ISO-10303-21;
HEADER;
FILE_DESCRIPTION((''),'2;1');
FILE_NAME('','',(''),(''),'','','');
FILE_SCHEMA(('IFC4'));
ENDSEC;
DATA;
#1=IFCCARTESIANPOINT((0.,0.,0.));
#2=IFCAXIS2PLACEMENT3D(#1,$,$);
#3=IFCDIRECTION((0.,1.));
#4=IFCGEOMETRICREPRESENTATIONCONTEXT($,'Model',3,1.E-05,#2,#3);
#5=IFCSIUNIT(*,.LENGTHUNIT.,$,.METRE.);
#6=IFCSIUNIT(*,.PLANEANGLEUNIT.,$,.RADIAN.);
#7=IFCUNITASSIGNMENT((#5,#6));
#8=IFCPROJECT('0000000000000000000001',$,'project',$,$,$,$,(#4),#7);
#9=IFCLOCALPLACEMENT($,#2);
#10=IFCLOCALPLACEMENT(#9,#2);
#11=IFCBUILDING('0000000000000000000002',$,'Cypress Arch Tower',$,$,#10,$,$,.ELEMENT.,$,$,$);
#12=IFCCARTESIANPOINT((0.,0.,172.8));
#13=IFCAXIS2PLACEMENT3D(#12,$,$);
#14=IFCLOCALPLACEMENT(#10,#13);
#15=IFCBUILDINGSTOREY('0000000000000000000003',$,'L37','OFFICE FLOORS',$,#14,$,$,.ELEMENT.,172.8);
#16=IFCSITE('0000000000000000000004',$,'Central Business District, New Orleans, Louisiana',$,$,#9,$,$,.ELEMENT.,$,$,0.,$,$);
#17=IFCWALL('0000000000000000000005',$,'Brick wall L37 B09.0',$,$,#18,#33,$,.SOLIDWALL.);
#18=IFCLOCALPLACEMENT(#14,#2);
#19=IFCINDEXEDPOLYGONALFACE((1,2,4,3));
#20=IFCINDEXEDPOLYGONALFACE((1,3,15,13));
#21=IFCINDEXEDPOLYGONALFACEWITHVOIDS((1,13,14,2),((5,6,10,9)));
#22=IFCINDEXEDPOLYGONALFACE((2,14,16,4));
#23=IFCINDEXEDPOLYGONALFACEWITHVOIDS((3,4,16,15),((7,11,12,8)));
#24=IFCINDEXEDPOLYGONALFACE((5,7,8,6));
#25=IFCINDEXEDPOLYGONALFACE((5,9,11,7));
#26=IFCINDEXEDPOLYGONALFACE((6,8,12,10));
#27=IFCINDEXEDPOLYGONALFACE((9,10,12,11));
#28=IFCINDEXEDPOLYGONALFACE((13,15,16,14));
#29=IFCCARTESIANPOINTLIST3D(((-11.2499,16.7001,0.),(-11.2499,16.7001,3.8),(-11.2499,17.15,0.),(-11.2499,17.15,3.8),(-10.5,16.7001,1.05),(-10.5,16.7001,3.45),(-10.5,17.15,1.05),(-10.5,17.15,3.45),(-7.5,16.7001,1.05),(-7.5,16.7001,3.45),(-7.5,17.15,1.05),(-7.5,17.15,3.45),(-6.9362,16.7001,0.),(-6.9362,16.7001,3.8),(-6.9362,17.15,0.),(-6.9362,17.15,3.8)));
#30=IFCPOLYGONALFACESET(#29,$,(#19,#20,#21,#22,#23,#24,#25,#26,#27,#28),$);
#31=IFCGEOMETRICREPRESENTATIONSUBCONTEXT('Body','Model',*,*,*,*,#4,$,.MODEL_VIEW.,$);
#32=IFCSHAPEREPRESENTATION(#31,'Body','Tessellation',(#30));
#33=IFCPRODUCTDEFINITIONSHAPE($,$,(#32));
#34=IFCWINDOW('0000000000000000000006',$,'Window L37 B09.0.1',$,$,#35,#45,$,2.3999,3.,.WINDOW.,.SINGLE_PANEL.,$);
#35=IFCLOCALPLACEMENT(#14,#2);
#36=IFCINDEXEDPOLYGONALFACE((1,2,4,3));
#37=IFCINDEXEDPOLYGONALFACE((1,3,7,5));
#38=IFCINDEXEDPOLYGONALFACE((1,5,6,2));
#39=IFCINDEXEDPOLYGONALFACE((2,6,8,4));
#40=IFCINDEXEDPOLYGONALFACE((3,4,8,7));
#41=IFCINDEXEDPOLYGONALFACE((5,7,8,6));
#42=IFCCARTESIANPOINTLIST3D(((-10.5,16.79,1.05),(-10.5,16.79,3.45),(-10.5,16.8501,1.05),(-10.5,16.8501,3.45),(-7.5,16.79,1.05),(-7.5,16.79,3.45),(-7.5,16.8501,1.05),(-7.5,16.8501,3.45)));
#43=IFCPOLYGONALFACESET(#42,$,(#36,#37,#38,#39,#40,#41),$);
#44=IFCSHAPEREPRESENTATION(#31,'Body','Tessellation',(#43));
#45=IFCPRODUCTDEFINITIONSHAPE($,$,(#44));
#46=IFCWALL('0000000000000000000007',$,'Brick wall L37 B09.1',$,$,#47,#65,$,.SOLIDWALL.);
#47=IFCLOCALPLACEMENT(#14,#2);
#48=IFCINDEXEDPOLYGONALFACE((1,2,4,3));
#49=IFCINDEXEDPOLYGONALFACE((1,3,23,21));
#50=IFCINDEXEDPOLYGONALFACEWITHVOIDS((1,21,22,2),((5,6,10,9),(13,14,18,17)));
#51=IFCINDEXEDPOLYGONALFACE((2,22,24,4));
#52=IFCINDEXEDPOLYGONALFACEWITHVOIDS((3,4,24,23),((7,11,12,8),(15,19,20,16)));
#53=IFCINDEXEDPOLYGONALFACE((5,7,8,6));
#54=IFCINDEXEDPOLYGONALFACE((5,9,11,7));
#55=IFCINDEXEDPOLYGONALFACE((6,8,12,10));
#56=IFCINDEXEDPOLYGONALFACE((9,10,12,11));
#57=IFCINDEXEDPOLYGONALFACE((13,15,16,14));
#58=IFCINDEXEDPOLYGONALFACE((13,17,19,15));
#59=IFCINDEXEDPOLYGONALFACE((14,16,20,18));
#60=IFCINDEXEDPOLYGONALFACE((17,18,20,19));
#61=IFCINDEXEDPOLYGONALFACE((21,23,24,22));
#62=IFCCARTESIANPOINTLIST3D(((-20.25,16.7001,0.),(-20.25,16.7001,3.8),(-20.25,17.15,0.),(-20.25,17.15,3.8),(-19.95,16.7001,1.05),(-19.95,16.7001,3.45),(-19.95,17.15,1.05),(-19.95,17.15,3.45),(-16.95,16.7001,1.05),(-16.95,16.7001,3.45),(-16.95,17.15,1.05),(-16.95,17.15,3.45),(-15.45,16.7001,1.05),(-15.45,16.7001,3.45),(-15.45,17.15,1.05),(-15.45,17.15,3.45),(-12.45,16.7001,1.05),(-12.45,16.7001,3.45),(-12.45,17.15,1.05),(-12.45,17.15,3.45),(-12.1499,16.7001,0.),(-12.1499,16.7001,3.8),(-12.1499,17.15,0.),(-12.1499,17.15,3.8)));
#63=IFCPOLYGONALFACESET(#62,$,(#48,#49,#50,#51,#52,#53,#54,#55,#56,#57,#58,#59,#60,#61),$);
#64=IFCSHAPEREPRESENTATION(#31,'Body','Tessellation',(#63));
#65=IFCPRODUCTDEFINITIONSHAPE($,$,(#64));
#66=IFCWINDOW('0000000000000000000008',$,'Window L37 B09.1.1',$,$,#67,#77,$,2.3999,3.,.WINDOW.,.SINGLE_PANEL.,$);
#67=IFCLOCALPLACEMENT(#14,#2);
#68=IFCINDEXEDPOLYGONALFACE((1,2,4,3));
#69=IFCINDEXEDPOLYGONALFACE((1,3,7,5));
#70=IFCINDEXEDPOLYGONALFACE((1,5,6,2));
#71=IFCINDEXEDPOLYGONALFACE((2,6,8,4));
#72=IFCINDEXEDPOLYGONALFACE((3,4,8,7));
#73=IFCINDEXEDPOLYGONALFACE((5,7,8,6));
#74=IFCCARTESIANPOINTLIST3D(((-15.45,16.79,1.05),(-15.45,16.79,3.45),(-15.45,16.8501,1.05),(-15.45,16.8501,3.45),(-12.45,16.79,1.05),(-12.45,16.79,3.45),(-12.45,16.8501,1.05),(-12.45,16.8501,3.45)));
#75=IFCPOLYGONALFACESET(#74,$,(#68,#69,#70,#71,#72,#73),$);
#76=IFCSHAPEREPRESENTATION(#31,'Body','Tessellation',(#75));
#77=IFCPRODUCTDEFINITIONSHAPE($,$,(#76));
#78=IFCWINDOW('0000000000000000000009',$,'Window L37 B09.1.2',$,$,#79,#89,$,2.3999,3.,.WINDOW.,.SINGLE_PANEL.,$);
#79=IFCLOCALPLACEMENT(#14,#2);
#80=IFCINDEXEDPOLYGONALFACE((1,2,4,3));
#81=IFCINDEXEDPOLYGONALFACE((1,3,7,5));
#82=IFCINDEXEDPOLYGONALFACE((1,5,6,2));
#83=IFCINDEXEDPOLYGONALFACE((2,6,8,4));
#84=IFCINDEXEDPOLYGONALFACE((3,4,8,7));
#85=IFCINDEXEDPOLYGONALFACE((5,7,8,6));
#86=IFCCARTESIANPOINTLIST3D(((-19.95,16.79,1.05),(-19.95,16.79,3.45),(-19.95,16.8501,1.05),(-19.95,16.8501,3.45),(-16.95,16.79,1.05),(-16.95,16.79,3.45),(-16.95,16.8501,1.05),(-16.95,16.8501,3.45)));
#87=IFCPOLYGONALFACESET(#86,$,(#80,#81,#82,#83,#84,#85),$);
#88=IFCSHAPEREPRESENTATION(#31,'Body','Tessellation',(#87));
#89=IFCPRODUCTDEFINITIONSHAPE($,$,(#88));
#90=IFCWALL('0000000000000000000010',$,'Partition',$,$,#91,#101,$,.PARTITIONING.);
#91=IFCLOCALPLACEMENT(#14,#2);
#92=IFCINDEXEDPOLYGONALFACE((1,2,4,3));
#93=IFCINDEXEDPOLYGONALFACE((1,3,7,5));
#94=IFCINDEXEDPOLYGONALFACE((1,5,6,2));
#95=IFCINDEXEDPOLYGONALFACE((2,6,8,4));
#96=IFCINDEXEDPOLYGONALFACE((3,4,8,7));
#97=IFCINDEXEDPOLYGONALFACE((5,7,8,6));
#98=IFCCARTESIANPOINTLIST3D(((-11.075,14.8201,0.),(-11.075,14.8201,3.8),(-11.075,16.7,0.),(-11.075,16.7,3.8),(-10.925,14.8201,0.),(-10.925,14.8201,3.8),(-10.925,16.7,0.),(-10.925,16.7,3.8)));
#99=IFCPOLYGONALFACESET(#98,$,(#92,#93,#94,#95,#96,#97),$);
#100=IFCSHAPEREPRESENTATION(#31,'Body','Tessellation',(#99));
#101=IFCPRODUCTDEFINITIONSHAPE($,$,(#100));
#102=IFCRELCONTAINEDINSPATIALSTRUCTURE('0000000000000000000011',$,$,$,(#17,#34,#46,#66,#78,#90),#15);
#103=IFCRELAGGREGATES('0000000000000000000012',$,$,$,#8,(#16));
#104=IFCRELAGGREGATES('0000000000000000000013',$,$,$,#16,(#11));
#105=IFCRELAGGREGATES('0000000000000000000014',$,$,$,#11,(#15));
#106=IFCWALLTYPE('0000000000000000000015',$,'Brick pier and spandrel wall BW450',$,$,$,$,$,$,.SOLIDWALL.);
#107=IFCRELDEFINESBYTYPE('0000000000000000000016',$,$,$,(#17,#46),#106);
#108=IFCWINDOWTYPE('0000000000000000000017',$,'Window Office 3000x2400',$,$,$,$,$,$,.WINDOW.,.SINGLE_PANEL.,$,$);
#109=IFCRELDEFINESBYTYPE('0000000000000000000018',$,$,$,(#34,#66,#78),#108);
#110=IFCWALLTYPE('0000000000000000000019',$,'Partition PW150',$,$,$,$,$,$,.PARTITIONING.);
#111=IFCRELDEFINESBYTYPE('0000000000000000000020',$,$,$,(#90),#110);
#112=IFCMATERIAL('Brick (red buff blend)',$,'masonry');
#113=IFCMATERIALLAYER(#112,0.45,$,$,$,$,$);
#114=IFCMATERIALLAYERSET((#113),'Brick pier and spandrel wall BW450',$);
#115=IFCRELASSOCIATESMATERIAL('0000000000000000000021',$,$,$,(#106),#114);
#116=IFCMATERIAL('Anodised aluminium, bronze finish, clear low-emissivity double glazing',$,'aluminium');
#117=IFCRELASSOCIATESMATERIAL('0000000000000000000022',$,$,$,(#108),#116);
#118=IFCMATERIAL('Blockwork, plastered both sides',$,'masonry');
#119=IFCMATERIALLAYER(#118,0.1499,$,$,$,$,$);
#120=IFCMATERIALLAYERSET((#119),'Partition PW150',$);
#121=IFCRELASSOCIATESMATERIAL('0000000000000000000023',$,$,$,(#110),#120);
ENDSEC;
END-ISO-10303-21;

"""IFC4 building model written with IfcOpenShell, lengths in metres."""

from ifc_helpers import new_model, si_unit, direction, frame, frame_2d, origin, place, context, subcontext, project, spatial, rectangle, extrude, material, layer, layer_set, type_object, element, fill, save


model = new_model("IFC4")

# Units and contexts
model_context = context("Model", 3, precision=1e-05, world=origin(), true_north=direction((0.0, 1.0)))
body_context = subcontext(model_context, "Body", "Model", "MODEL_VIEW")
ifc_project = project(units=[si_unit("LENGTHUNIT", "METRE"), si_unit("PLANEANGLEUNIT", "RADIAN")], contexts=[model_context])

# Site, building, storey
site_placement = place(None, origin())
site = spatial("IfcSite", under=ifc_project, at=site_placement, Name="Central Business District, New Orleans, Louisiana", CompositionType="ELEMENT", RefElevation=0.0)
building_placement = place(site_placement, origin())
building = spatial("IfcBuilding", under=site, at=building_placement, Name="Cypress Arch Tower", CompositionType="ELEMENT")
storey_placement = place(building_placement, frame((0.0, 0.0, 172.8)))
storey = spatial("IfcBuildingStorey", under=building, at=storey_placement, Name="L37", Description="OFFICE FLOORS", CompositionType="ELEMENT", Elevation=172.8)

# Wall, opening, window
ifc_material_1 = material(Name="Brick (red buff blend)", Category="masonry")
ifc_layer_1 = layer(ifc_material_1, 0.45)
ifc_layer_set_1 = layer_set([ifc_layer_1], Name="Brick pier and spandrel wall BW450")
wall_type_1 = type_object("IfcWallType", Name="Brick pier and spandrel wall BW450", PredefinedType="SOLIDWALL", material=ifc_layer_set_1)
wall_1_placement = place(storey_placement, frame((-6.9363, 16.925, 0.0), z_axis=(0.0, 0.0, 1.0), x_axis=(-1.0, 0.0, 0.0)))
wall_1 = element("IfcWall", 1, at=wall_1_placement, inside=storey, type_object=wall_type_1, Name="Brick wall L37 B09.0", PredefinedType="SOLIDWALL", context=body_context, shape_type="SweptSolid", body=[
    extrude(rectangle(XDim=4.3137, YDim=0.45, at=frame_2d((2.1567, 0.0))), origin(), (0.0, 0.0, 1.0), 3.8),
])
opening_1_placement = place(wall_1_placement, frame((0.5637, 0.0, 1.05)))
opening_1 = element("IfcOpeningElement", 2, at=opening_1_placement, cuts=wall_1, PredefinedType="OPENING", context=body_context, shape_type="SweptSolid", body=[
    extrude(rectangle(XDim=3.0, YDim=2.3999, at=frame_2d((1.5, 1.2))), frame((0.0, 0.2349, 0.0), z_axis=(0.0, -1.0, 0.0), x_axis=(1.0, 0.0, 0.0)), (0.0, 0.0, 1.0), 0.47),
])
ifc_material_2 = material(Name="Anodised aluminium, bronze finish, clear low-emissivity double glazing", Category="aluminium")
window_type = type_object("IfcWindowType", Name="Window Office 3000x2400", PartitioningType="SINGLE_PANEL", PredefinedType="WINDOW", material=ifc_material_2)
window_1_placement = place(opening_1_placement, origin())
window_1 = element("IfcWindow", 3, at=window_1_placement, inside=storey, type_object=window_type, Name="Window L37 B09.0.1", OverallHeight=2.3999, OverallWidth=3.0, PartitioningType="SINGLE_PANEL", PredefinedType="WINDOW", context=body_context, shape_type="SweptSolid", body=[
    extrude(rectangle(XDim=3.0, YDim=2.3999, at=frame_2d((1.5, 1.2))), frame((0.0, 0.135, 0.0), z_axis=(0.0, -1.0, 0.0), x_axis=(1.0, 0.0, 0.0)), (0.0, 0.0, 1.0), 0.0601),
])
fill(opening_1, window_1)

# Wall, openings, windows
wall_2_placement = place(storey_placement, frame((-12.1499, 16.925, 0.0), z_axis=(0.0, 0.0, 1.0), x_axis=(-1.0, 0.0, 0.0)))
wall_2 = element("IfcWall", 4, at=wall_2_placement, inside=storey, type_object=wall_type_1, Name="Brick wall L37 B09.1", PredefinedType="SOLIDWALL", context=body_context, shape_type="SweptSolid", body=[
    extrude(rectangle(XDim=8.1001, YDim=0.45, at=frame_2d((4.05, 0.0))), origin(), (0.0, 0.0, 1.0), 3.8),
])
opening_2_placement = place(wall_2_placement, frame((0.3, 0.0, 1.05)))
opening_2 = element("IfcOpeningElement", 5, at=opening_2_placement, cuts=wall_2, PredefinedType="OPENING", context=body_context, shape_type="SweptSolid", body=[
    extrude(rectangle(XDim=3.0, YDim=2.3999, at=frame_2d((1.5, 1.2))), frame((0.0, 0.2349, 0.0), z_axis=(0.0, -1.0, 0.0), x_axis=(1.0, 0.0, 0.0)), (0.0, 0.0, 1.0), 0.47),
])
opening_3_placement = place(wall_2_placement, frame((4.8, 0.0, 1.05)))
opening_3 = element("IfcOpeningElement", 6, at=opening_3_placement, cuts=wall_2, PredefinedType="OPENING", context=body_context, shape_type="SweptSolid", body=[
    extrude(rectangle(XDim=3.0, YDim=2.3999, at=frame_2d((1.5, 1.2))), frame((0.0, 0.2349, 0.0), z_axis=(0.0, -1.0, 0.0), x_axis=(1.0, 0.0, 0.0)), (0.0, 0.0, 1.0), 0.47),
])
window_2_placement = place(opening_2_placement, origin())
window_2 = element("IfcWindow", 7, at=window_2_placement, inside=storey, type_object=window_type, Name="Window L37 B09.1.1", OverallHeight=2.3999, OverallWidth=3.0, PartitioningType="SINGLE_PANEL", PredefinedType="WINDOW", context=body_context, shape_type="SweptSolid", body=[
    extrude(rectangle(XDim=3.0, YDim=2.3999, at=frame_2d((1.5, 1.2))), frame((0.0, 0.135, 0.0), z_axis=(0.0, -1.0, 0.0), x_axis=(1.0, 0.0, 0.0)), (0.0, 0.0, 1.0), 0.0601),
])
fill(opening_2, window_2)
window_3_placement = place(opening_3_placement, origin())
window_3 = element("IfcWindow", 8, at=window_3_placement, inside=storey, type_object=window_type, Name="Window L37 B09.1.2", OverallHeight=2.3999, OverallWidth=3.0, PartitioningType="SINGLE_PANEL", PredefinedType="WINDOW", context=body_context, shape_type="SweptSolid", body=[
    extrude(rectangle(XDim=3.0, YDim=2.3999, at=frame_2d((1.5, 1.2))), frame((0.0, 0.135, 0.0), z_axis=(0.0, -1.0, 0.0), x_axis=(1.0, 0.0, 0.0)), (0.0, 0.0, 1.0), 0.0601),
])
fill(opening_3, window_3)

# Wall
ifc_material_3 = material(Name="Blockwork, plastered both sides", Category="masonry")
ifc_layer_2 = layer(ifc_material_3, 0.1499)
ifc_layer_set_2 = layer_set([ifc_layer_2], Name="Partition PW150")
wall_type_2 = type_object("IfcWallType", Name="Partition PW150", PredefinedType="PARTITIONING", material=ifc_layer_set_2)
wall_3_placement = place(storey_placement, frame((-11.0, 14.8201, 0.0), z_axis=(0.0, 0.0, 1.0), x_axis=(0.0, 1.0, 0.0)))
element("IfcWall", 9, at=wall_3_placement, inside=storey, type_object=wall_type_2, Name="Partition", PredefinedType="PARTITIONING", context=body_context, shape_type="SweptSolid", body=[
    extrude(rectangle(XDim=1.8799, YDim=0.1499, at=frame_2d((0.9399, 0.0))), origin(), (0.0, 0.0, 1.0), 3.8),
])

save(model, "model.ifc")
